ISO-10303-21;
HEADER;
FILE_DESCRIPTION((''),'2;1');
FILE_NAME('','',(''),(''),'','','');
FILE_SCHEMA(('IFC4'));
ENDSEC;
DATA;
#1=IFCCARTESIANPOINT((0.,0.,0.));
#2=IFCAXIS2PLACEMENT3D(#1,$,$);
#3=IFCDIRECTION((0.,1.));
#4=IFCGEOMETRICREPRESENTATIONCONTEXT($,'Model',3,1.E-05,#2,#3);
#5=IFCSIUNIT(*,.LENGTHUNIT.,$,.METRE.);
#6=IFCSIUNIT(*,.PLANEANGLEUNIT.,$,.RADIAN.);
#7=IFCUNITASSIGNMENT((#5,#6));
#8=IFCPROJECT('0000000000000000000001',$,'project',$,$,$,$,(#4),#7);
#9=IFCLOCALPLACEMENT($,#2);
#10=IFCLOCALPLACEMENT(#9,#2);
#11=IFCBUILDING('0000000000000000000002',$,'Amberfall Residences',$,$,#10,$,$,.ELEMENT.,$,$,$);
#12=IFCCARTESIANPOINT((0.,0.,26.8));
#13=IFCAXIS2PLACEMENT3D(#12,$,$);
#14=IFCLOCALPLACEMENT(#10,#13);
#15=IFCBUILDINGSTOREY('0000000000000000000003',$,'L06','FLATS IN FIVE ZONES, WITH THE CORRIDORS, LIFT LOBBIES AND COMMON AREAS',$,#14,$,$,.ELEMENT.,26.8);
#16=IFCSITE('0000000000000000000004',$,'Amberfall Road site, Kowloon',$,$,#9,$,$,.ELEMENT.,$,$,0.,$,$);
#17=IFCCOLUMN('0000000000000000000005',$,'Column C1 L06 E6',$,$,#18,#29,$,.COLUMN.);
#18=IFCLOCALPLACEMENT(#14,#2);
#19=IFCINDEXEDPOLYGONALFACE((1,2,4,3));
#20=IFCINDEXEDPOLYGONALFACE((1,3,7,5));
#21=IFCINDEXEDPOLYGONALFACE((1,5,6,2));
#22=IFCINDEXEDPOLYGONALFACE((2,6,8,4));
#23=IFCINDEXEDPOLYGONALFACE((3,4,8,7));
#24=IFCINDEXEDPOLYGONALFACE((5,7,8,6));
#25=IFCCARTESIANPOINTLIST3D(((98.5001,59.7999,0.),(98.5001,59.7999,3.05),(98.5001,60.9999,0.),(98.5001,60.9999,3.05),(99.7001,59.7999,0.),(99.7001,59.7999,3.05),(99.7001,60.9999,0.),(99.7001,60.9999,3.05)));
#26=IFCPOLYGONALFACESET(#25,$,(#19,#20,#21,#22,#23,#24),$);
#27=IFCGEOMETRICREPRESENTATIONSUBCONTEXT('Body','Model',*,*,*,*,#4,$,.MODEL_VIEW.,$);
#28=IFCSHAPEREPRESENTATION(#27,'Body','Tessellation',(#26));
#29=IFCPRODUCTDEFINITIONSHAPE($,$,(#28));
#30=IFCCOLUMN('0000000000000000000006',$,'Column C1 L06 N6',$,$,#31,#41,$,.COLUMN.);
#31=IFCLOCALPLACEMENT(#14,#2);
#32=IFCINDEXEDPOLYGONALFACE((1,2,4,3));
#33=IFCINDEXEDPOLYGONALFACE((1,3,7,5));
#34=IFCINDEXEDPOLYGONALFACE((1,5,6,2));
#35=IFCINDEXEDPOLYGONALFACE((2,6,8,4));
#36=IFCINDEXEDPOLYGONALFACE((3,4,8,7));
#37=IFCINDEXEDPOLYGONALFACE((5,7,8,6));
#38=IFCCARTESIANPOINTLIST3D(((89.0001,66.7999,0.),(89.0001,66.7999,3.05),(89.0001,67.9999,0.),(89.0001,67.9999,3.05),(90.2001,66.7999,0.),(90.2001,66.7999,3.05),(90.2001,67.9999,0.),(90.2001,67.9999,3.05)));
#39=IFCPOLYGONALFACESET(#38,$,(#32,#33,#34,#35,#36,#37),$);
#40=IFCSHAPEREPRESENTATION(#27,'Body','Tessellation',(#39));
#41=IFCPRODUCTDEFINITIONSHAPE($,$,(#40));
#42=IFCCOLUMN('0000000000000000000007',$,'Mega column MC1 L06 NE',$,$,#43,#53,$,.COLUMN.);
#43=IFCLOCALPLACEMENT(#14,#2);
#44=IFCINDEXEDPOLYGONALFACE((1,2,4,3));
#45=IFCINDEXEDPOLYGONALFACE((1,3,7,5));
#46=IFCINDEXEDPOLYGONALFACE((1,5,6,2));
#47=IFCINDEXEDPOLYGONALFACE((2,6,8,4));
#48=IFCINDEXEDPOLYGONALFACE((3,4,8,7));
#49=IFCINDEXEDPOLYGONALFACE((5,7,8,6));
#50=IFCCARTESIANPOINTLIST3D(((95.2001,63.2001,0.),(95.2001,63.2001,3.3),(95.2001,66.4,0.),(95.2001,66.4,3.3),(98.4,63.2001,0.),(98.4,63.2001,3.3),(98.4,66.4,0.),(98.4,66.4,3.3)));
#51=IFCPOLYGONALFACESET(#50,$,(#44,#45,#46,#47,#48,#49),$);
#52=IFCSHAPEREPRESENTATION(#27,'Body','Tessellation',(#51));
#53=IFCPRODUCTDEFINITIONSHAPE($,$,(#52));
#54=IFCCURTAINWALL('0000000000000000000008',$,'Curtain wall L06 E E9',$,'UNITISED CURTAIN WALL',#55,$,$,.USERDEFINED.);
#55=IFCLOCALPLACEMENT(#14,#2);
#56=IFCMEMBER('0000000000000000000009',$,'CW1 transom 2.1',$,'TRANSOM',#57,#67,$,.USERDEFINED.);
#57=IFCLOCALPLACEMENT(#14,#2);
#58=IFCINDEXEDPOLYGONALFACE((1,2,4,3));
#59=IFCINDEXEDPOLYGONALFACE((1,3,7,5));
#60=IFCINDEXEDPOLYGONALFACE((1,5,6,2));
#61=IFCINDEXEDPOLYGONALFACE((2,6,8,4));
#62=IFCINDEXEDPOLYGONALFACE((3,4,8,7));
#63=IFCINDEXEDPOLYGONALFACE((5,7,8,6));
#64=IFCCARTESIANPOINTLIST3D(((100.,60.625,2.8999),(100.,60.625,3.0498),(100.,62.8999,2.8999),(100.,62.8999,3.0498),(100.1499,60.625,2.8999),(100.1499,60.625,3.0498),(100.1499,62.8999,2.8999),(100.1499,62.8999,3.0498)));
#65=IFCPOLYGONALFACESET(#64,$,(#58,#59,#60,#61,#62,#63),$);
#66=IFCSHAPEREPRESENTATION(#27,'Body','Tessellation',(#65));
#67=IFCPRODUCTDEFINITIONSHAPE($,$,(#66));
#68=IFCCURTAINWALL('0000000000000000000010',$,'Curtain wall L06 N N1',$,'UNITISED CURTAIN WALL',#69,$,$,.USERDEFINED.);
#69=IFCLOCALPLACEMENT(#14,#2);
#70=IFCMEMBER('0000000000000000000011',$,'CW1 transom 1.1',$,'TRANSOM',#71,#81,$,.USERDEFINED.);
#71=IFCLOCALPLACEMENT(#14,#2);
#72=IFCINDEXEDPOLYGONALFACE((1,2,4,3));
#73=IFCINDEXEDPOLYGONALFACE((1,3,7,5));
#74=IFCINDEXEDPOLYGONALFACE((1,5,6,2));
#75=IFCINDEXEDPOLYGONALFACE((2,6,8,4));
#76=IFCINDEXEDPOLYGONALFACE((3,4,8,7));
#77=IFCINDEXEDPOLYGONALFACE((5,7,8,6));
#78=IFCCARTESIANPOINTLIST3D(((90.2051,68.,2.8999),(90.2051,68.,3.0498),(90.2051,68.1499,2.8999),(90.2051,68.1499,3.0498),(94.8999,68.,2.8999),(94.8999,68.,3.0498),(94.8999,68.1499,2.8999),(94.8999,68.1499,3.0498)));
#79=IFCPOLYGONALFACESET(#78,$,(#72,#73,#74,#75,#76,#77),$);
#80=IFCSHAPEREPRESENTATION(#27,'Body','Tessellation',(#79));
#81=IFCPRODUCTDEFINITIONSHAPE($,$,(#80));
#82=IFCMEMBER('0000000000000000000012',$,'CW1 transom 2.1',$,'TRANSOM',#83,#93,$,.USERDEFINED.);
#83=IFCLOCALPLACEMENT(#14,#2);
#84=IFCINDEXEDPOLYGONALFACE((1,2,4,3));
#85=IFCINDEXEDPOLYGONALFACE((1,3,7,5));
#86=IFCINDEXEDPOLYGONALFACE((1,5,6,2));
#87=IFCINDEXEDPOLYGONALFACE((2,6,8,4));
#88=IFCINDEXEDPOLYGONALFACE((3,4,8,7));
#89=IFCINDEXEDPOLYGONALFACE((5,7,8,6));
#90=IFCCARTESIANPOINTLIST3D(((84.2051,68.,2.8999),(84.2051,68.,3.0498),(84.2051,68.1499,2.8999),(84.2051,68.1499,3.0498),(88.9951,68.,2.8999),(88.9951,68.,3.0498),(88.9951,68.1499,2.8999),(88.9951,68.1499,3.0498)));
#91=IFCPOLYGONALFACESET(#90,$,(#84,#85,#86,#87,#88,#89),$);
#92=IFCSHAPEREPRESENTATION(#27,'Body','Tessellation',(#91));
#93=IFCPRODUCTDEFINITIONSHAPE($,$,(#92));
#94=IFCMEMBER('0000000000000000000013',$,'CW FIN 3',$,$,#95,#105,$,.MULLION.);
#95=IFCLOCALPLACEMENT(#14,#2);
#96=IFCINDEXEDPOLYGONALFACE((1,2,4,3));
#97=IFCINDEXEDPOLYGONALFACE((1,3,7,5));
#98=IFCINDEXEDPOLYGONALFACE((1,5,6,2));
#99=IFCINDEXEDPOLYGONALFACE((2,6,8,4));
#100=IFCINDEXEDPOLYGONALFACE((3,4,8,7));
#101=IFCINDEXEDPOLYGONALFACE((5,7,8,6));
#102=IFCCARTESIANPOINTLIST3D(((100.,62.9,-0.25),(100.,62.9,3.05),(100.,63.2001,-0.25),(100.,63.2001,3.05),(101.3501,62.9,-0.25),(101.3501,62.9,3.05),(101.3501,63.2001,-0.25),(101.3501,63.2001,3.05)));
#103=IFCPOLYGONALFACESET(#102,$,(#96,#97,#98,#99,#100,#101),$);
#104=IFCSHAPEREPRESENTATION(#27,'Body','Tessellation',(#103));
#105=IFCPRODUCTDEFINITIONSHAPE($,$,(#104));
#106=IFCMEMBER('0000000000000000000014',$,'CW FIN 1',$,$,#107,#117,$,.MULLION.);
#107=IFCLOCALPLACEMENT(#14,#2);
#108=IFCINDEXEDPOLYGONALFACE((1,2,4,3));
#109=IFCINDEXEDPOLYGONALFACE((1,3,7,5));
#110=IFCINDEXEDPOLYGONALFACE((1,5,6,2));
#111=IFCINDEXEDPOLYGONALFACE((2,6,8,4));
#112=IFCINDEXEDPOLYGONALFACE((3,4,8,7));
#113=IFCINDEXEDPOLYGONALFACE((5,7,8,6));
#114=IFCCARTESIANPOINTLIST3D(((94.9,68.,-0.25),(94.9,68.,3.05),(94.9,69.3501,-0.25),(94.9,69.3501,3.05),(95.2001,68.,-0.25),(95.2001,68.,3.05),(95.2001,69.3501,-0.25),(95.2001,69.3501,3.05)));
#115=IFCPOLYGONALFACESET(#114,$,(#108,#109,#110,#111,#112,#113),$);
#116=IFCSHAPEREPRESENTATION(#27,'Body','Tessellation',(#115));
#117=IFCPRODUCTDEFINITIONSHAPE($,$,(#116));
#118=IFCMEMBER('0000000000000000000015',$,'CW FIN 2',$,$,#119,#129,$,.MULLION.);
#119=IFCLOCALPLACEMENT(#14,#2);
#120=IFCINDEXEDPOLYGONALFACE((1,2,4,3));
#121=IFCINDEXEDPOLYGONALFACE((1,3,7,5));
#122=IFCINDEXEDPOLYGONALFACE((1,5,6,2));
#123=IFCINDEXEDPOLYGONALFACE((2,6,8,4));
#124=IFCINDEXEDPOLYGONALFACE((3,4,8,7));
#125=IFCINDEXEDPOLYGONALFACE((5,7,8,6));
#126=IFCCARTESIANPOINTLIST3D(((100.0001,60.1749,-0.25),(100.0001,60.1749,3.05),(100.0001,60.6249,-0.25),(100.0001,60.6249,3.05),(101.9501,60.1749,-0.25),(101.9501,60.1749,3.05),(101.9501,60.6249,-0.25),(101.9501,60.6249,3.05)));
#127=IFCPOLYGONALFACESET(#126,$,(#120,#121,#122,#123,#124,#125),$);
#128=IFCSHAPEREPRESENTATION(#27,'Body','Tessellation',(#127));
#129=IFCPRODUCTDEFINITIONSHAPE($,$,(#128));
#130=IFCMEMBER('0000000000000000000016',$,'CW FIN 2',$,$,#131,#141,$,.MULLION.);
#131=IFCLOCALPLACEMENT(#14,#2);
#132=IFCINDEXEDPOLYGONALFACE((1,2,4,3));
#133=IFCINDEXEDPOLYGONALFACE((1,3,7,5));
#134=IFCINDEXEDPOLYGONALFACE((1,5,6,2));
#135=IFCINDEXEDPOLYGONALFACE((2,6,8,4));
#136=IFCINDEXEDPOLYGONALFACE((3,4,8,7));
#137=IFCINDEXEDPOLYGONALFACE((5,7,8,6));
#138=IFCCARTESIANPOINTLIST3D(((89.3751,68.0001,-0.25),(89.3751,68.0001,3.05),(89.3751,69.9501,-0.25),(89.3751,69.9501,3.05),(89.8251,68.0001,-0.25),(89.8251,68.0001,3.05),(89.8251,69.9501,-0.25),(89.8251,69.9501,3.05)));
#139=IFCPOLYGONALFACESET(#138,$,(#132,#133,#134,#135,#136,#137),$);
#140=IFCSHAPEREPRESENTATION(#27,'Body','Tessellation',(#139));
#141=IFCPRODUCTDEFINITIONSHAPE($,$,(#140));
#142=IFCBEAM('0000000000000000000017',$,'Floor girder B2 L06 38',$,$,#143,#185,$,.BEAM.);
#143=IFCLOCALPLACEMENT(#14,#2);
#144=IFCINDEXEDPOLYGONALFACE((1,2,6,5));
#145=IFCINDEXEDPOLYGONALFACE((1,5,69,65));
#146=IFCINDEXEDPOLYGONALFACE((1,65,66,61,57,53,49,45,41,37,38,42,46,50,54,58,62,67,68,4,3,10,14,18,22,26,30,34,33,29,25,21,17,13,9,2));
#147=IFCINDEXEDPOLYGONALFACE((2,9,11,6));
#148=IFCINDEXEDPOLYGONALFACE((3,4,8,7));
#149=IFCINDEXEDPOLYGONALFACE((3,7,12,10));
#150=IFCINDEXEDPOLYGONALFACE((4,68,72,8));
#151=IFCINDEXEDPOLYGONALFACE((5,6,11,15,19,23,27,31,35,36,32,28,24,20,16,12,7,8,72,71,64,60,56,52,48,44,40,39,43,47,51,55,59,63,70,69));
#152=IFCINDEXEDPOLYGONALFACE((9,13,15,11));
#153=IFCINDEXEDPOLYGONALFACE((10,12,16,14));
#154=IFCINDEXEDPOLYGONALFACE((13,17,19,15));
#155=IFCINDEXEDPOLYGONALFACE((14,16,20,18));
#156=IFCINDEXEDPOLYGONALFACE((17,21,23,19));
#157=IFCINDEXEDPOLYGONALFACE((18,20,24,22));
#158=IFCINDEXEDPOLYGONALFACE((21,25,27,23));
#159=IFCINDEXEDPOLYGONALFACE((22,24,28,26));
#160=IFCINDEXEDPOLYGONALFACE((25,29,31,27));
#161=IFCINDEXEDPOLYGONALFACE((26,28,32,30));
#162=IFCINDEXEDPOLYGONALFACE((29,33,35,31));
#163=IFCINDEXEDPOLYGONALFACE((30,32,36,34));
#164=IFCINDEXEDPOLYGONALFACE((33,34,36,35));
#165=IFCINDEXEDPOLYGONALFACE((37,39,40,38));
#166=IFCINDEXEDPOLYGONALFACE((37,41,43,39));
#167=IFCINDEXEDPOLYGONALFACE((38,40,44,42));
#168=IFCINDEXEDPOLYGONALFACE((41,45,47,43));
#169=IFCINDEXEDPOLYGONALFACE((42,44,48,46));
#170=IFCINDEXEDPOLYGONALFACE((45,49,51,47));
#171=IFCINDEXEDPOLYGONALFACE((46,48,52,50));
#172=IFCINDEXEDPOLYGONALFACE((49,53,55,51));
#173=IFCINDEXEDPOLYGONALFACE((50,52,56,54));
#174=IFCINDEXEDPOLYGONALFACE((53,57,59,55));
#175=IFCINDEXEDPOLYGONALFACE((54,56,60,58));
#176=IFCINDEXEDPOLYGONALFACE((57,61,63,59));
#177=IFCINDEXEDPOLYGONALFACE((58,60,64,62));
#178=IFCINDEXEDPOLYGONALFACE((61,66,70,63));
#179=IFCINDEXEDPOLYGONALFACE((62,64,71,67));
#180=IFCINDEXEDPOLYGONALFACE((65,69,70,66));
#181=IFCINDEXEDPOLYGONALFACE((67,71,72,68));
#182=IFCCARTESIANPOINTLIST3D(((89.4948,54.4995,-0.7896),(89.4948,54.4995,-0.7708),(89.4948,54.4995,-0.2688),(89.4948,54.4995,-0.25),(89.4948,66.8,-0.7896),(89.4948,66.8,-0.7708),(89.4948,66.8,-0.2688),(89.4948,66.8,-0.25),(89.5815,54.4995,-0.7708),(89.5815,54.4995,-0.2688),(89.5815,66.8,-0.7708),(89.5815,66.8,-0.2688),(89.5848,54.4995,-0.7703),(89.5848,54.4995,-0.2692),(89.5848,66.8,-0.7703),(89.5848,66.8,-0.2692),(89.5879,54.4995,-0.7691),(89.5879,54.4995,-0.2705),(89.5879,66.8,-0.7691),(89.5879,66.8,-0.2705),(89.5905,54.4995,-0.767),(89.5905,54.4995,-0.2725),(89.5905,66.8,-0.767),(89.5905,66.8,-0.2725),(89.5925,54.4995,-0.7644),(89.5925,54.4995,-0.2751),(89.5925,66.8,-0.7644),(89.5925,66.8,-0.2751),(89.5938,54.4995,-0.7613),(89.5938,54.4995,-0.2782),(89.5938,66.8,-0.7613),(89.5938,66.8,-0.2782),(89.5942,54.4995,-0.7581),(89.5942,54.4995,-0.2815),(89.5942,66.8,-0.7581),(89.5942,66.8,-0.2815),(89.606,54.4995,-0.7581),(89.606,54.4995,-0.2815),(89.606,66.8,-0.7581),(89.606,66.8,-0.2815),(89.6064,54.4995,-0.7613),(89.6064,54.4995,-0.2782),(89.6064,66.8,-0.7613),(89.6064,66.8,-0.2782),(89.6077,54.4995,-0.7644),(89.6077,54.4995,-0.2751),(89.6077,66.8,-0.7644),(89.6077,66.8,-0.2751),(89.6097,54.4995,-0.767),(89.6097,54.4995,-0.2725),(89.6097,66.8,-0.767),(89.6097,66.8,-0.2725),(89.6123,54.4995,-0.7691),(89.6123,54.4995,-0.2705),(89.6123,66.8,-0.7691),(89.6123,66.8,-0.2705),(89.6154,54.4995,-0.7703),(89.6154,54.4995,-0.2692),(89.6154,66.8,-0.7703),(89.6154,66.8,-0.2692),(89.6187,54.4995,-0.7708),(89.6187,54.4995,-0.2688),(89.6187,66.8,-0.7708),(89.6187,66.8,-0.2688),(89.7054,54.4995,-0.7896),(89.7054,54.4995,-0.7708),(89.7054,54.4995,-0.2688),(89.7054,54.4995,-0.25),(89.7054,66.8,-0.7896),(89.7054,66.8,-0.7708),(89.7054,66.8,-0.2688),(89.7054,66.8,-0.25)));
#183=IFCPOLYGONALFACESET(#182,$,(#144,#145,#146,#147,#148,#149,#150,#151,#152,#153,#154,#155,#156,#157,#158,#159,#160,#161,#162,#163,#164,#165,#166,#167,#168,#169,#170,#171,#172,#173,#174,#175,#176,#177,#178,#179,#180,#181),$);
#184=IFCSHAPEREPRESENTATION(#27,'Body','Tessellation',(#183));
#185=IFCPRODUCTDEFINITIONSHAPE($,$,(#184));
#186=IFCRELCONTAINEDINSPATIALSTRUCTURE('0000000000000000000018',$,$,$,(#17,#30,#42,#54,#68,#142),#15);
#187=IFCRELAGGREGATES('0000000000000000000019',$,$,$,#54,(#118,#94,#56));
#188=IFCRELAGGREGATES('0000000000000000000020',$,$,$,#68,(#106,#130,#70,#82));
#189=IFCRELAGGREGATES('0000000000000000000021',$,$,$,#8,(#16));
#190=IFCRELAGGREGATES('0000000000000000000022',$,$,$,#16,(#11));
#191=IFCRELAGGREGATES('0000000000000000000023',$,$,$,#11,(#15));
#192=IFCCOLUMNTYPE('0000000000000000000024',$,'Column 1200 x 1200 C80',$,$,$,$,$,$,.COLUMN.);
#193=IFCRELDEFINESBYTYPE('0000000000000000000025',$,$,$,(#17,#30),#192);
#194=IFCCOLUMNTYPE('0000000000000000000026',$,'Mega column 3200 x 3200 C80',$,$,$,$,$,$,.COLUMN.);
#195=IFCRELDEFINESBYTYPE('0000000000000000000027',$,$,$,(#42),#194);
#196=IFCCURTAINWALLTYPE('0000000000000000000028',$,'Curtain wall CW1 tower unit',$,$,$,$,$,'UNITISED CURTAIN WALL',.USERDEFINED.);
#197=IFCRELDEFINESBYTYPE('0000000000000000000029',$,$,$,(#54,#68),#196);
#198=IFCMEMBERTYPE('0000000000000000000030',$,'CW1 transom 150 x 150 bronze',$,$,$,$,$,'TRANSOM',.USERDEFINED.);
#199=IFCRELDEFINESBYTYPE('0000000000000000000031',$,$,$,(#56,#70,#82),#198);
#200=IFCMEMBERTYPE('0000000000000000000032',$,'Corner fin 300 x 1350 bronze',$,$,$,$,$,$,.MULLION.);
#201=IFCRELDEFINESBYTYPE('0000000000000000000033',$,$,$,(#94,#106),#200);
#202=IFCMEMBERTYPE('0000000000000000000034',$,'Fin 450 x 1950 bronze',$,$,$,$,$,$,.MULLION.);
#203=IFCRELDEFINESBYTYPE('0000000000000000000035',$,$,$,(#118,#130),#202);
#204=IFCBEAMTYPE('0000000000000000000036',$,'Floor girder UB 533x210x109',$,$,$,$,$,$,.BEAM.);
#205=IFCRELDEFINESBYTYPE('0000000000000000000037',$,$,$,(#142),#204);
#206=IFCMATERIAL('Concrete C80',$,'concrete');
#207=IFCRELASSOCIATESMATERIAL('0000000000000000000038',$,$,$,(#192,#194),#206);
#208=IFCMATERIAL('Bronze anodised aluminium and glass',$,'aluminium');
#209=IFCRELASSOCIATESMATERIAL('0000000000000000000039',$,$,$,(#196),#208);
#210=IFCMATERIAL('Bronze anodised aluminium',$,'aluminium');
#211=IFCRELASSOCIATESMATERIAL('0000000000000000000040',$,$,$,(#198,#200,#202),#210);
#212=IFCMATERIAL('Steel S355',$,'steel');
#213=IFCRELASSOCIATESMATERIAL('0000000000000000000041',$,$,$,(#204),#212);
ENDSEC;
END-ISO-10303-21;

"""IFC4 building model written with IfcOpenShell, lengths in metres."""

from ifc_helpers import new_model, si_unit, direction, frame, origin, origin_2d, place, context, subcontext, project, spatial, rectangle, i_section, extrude, material, material_profile, profile_set, type_object, element, aggregate, save


model = new_model("IFC4")

# Units and contexts
model_context = context("Model", 3, precision=1e-05, world=origin(), true_north=direction((0.0, 1.0)))
body_context = subcontext(model_context, "Body", "Model", "MODEL_VIEW")
ifc_project = project(units=[si_unit("LENGTHUNIT", "METRE"), si_unit("PLANEANGLEUNIT", "RADIAN")], contexts=[model_context])

# Site, building, storey
site_placement = place(None, origin())
site = spatial("IfcSite", under=ifc_project, at=site_placement, Name="Amberfall Road site, Kowloon", CompositionType="ELEMENT", RefElevation=0.0)
building_placement = place(site_placement, origin())
building = spatial("IfcBuilding", under=site, at=building_placement, Name="Amberfall Residences", CompositionType="ELEMENT")
storey_placement = place(building_placement, frame((0.0, 0.0, 26.8)))
storey = spatial("IfcBuildingStorey", under=building, at=storey_placement, Name="L06", Description="FLATS IN FIVE ZONES, WITH THE CORRIDORS, LIFT LOBBIES AND COMMON AREAS", CompositionType="ELEMENT", Elevation=26.8)

# Columns
ifc_material_1 = material(Name="Concrete C80", Category="concrete")
ifc_material_profile_1 = material_profile(ifc_material_1, rectangle(XDim=1.2, YDim=1.2, at=origin_2d()), Name="Column 1200 x 1200 C80")
ifc_profile_set_1 = profile_set([ifc_material_profile_1], Name="Concrete C80")
column_type_1 = type_object("IfcColumnType", Name="Column 1200 x 1200 C80", PredefinedType="COLUMN", material=ifc_profile_set_1)
for number, where, z_axis, x_axis, name in (
    (1, (99.1001, 60.3999, 0.0), (0.0, 0.0, 1.0), (1.0, 0.0, 0.0), "Column C1 L06 E6"),
    (2, (89.6001, 67.3999, 0.0), (0.0, 0.0, 1.0), (1.0, 0.0, 0.0), "Column C1 L06 N6"),
):
    element("IfcColumn", number, at=place(storey_placement, frame(where, z_axis=z_axis, x_axis=x_axis)), inside=storey, type_object=column_type_1, Name=name, PredefinedType="COLUMN", context=body_context, shape_type="SweptSolid", body=[
        extrude(rectangle(XDim=1.2, YDim=1.2, at=origin_2d()), origin(), (0.0, 0.0, 1.0), 3.05),
    ])
ifc_material_profile_2 = material_profile(ifc_material_1, rectangle(XDim=3.2, YDim=3.2, at=origin_2d()), Name="Mega column 3200 x 3200 C80")
ifc_profile_set_2 = profile_set([ifc_material_profile_2], Name="Concrete C80")
column_type_2 = type_object("IfcColumnType", Name="Mega column 3200 x 3200 C80", PredefinedType="COLUMN", material=ifc_profile_set_2)
column_placement = place(storey_placement, frame((96.8, 64.8, 0.0), z_axis=(0.0, 0.0, 1.0), x_axis=(1.0, 0.0, 0.0)))
element("IfcColumn", 3, at=column_placement, inside=storey, type_object=column_type_2, Name="Mega column MC1 L06 NE", PredefinedType="COLUMN", context=body_context, shape_type="SweptSolid", body=[
    extrude(rectangle(XDim=3.2, YDim=3.2, at=origin_2d()), origin(), (0.0, 0.0, 1.0), 3.3),
])

# Curtain wall, member
ifc_material_2 = material(Name="Bronze anodised aluminium and glass", Category="aluminium")
curtain_wall_type = type_object("IfcCurtainWallType", Name="Curtain wall CW1 tower unit", ElementType="UNITISED CURTAIN WALL", PredefinedType="USERDEFINED", material=ifc_material_2)
curtain_wall_1_placement = place(storey_placement, origin())
curtain_wall_1 = element("IfcCurtainWall", 4, at=curtain_wall_1_placement, inside=storey, type_object=curtain_wall_type, Name="Curtain wall L06 E E9", ObjectType="UNITISED CURTAIN WALL", PredefinedType="USERDEFINED")
ifc_material_3 = material(Name="Bronze anodised aluminium", Category="aluminium")
ifc_material_profile_3 = material_profile(ifc_material_3, rectangle(XDim=0.1499, YDim=0.1499, at=origin_2d()), Name="CW1 transom 150 x 150 bronze")
ifc_profile_set_3 = profile_set([ifc_material_profile_3], Name="Bronze anodised aluminium")
member_type_1 = type_object("IfcMemberType", Name="CW1 transom 150 x 150 bronze", ElementType="TRANSOM", PredefinedType="USERDEFINED", material=ifc_profile_set_3)
member_1_placement = place(storey_placement, frame((100.075, 60.625, 2.9749), z_axis=(0.0, 1.0, 0.0), x_axis=(-1.0, 0.0, 0.0)))
member_1 = element("IfcMember", 5, at=member_1_placement, type_object=member_type_1, Name="CW1 transom 2.1", ObjectType="TRANSOM", PredefinedType="USERDEFINED", context=body_context, shape_type="SweptSolid", body=[
    extrude(rectangle(XDim=0.1499, YDim=0.1499, at=origin_2d()), origin(), (0.0, 0.0, 1.0), 2.2749),
])

# Curtain wall, members
curtain_wall_2_placement = place(storey_placement, origin())
curtain_wall_2 = element("IfcCurtainWall", 6, at=curtain_wall_2_placement, inside=storey, type_object=curtain_wall_type, Name="Curtain wall L06 N N1", ObjectType="UNITISED CURTAIN WALL", PredefinedType="USERDEFINED")
member_2_placement = place(storey_placement, frame((94.8999, 68.075, 2.9749), z_axis=(-1.0, 0.0, 0.0), x_axis=(0.0, -1.0, 0.0)))
member_2 = element("IfcMember", 7, at=member_2_placement, type_object=member_type_1, Name="CW1 transom 1.1", ObjectType="TRANSOM", PredefinedType="USERDEFINED", context=body_context, shape_type="SweptSolid", body=[
    extrude(rectangle(XDim=0.1499, YDim=0.1499, at=origin_2d()), origin(), (0.0, 0.0, 1.0), 4.6948),
])
member_3_placement = place(storey_placement, frame((88.9951, 68.075, 2.9749), z_axis=(-1.0, 0.0, 0.0), x_axis=(0.0, -1.0, 0.0)))
member_3 = element("IfcMember", 8, at=member_3_placement, type_object=member_type_1, Name="CW1 transom 2.1", ObjectType="TRANSOM", PredefinedType="USERDEFINED", context=body_context, shape_type="SweptSolid", body=[
    extrude(rectangle(XDim=0.1499, YDim=0.1499, at=origin_2d()), origin(), (0.0, 0.0, 1.0), 4.79),
])

# Members
ifc_material_profile_4 = material_profile(ifc_material_3, rectangle(XDim=1.3501, YDim=0.3, at=origin_2d()), Name="Corner fin 300 x 1350 bronze")
ifc_profile_set_4 = profile_set([ifc_material_profile_4], Name="Bronze anodised aluminium")
member_type_2 = type_object("IfcMemberType", Name="Corner fin 300 x 1350 bronze", PredefinedType="MULLION", material=ifc_profile_set_4)
member_4_placement = place(storey_placement, frame((100.675, 63.05, -0.25), z_axis=(0.0, 0.0, 1.0), x_axis=(-1.0, 0.0, 0.0)))
member_4 = element("IfcMember", 9, at=member_4_placement, type_object=member_type_2, Name="CW FIN 3", PredefinedType="MULLION", context=body_context, shape_type="SweptSolid", body=[
    extrude(rectangle(XDim=1.3501, YDim=0.3, at=origin_2d()), origin(), (0.0, 0.0, 1.0), 3.3),
])
member_5_placement = place(storey_placement, frame((95.05, 68.675, -0.25), z_axis=(0.0, 0.0, 1.0), x_axis=(0.0, -1.0, 0.0)))
member_5 = element("IfcMember", 10, at=member_5_placement, type_object=member_type_2, Name="CW FIN 1", PredefinedType="MULLION", context=body_context, shape_type="SweptSolid", body=[
    extrude(rectangle(XDim=1.3501, YDim=0.3, at=origin_2d()), origin(), (0.0, 0.0, 1.0), 3.3),
])
ifc_material_profile_5 = material_profile(ifc_material_3, rectangle(XDim=1.95, YDim=0.45, at=origin_2d()), Name="Fin 450 x 1950 bronze")
ifc_profile_set_5 = profile_set([ifc_material_profile_5], Name="Bronze anodised aluminium")
member_type_3 = type_object("IfcMemberType", Name="Fin 450 x 1950 bronze", PredefinedType="MULLION", material=ifc_profile_set_5)
member_6_placement = place(storey_placement, frame((100.9751, 60.3999, -0.25), z_axis=(0.0, 0.0, 1.0), x_axis=(-1.0, 0.0, 0.0)))
member_6 = element("IfcMember", 11, at=member_6_placement, type_object=member_type_3, Name="CW FIN 2", PredefinedType="MULLION", context=body_context, shape_type="SweptSolid", body=[
    extrude(rectangle(XDim=1.95, YDim=0.45, at=origin_2d()), origin(), (0.0, 0.0, 1.0), 3.3),
])
member_7_placement = place(storey_placement, frame((89.6001, 68.9751, -0.25), z_axis=(0.0, 0.0, 1.0), x_axis=(0.0, -1.0, 0.0)))
member_7 = element("IfcMember", 12, at=member_7_placement, type_object=member_type_3, Name="CW FIN 2", PredefinedType="MULLION", context=body_context, shape_type="SweptSolid", body=[
    extrude(rectangle(XDim=1.95, YDim=0.45, at=origin_2d()), origin(), (0.0, 0.0, 1.0), 3.3),
])

# Beam
ifc_material_4 = material(Name="Steel S355", Category="steel")
ifc_material_profile_6 = material_profile(ifc_material_4, i_section(OverallWidth=0.2107, OverallDepth=0.5396, WebThickness=0.0117, FlangeThickness=0.0188, FilletRadius=0.0127, at=origin_2d()), Name="UB 533x210x109")
ifc_profile_set_6 = profile_set([ifc_material_profile_6], Name="Steel S355")
beam_type_1 = type_object("IfcBeamType", Name="Floor girder UB 533x210x109", PredefinedType="BEAM", material=ifc_profile_set_6)
beam_1_placement = place(storey_placement, frame((89.6001, 66.8, -0.5198), z_axis=(0.0, -1.0, 0.0), x_axis=(1.0, 0.0, 0.0)))
element("IfcBeam", 13, at=beam_1_placement, inside=storey, type_object=beam_type_1, Name="Floor girder B2 L06 38", PredefinedType="BEAM", context=body_context, shape_type="SweptSolid", body=[
    extrude(i_section(OverallWidth=0.2107, OverallDepth=0.5396, WebThickness=0.0117, FlangeThickness=0.0188, FilletRadius=0.0127, at=origin_2d()), origin(), (0.0, 0.0, 1.0), 12.3005),
])

aggregate(curtain_wall_1, [member_6, member_4, member_1])
aggregate(curtain_wall_2, [member_5, member_7, member_2, member_3])

save(model, "model.ifc")
